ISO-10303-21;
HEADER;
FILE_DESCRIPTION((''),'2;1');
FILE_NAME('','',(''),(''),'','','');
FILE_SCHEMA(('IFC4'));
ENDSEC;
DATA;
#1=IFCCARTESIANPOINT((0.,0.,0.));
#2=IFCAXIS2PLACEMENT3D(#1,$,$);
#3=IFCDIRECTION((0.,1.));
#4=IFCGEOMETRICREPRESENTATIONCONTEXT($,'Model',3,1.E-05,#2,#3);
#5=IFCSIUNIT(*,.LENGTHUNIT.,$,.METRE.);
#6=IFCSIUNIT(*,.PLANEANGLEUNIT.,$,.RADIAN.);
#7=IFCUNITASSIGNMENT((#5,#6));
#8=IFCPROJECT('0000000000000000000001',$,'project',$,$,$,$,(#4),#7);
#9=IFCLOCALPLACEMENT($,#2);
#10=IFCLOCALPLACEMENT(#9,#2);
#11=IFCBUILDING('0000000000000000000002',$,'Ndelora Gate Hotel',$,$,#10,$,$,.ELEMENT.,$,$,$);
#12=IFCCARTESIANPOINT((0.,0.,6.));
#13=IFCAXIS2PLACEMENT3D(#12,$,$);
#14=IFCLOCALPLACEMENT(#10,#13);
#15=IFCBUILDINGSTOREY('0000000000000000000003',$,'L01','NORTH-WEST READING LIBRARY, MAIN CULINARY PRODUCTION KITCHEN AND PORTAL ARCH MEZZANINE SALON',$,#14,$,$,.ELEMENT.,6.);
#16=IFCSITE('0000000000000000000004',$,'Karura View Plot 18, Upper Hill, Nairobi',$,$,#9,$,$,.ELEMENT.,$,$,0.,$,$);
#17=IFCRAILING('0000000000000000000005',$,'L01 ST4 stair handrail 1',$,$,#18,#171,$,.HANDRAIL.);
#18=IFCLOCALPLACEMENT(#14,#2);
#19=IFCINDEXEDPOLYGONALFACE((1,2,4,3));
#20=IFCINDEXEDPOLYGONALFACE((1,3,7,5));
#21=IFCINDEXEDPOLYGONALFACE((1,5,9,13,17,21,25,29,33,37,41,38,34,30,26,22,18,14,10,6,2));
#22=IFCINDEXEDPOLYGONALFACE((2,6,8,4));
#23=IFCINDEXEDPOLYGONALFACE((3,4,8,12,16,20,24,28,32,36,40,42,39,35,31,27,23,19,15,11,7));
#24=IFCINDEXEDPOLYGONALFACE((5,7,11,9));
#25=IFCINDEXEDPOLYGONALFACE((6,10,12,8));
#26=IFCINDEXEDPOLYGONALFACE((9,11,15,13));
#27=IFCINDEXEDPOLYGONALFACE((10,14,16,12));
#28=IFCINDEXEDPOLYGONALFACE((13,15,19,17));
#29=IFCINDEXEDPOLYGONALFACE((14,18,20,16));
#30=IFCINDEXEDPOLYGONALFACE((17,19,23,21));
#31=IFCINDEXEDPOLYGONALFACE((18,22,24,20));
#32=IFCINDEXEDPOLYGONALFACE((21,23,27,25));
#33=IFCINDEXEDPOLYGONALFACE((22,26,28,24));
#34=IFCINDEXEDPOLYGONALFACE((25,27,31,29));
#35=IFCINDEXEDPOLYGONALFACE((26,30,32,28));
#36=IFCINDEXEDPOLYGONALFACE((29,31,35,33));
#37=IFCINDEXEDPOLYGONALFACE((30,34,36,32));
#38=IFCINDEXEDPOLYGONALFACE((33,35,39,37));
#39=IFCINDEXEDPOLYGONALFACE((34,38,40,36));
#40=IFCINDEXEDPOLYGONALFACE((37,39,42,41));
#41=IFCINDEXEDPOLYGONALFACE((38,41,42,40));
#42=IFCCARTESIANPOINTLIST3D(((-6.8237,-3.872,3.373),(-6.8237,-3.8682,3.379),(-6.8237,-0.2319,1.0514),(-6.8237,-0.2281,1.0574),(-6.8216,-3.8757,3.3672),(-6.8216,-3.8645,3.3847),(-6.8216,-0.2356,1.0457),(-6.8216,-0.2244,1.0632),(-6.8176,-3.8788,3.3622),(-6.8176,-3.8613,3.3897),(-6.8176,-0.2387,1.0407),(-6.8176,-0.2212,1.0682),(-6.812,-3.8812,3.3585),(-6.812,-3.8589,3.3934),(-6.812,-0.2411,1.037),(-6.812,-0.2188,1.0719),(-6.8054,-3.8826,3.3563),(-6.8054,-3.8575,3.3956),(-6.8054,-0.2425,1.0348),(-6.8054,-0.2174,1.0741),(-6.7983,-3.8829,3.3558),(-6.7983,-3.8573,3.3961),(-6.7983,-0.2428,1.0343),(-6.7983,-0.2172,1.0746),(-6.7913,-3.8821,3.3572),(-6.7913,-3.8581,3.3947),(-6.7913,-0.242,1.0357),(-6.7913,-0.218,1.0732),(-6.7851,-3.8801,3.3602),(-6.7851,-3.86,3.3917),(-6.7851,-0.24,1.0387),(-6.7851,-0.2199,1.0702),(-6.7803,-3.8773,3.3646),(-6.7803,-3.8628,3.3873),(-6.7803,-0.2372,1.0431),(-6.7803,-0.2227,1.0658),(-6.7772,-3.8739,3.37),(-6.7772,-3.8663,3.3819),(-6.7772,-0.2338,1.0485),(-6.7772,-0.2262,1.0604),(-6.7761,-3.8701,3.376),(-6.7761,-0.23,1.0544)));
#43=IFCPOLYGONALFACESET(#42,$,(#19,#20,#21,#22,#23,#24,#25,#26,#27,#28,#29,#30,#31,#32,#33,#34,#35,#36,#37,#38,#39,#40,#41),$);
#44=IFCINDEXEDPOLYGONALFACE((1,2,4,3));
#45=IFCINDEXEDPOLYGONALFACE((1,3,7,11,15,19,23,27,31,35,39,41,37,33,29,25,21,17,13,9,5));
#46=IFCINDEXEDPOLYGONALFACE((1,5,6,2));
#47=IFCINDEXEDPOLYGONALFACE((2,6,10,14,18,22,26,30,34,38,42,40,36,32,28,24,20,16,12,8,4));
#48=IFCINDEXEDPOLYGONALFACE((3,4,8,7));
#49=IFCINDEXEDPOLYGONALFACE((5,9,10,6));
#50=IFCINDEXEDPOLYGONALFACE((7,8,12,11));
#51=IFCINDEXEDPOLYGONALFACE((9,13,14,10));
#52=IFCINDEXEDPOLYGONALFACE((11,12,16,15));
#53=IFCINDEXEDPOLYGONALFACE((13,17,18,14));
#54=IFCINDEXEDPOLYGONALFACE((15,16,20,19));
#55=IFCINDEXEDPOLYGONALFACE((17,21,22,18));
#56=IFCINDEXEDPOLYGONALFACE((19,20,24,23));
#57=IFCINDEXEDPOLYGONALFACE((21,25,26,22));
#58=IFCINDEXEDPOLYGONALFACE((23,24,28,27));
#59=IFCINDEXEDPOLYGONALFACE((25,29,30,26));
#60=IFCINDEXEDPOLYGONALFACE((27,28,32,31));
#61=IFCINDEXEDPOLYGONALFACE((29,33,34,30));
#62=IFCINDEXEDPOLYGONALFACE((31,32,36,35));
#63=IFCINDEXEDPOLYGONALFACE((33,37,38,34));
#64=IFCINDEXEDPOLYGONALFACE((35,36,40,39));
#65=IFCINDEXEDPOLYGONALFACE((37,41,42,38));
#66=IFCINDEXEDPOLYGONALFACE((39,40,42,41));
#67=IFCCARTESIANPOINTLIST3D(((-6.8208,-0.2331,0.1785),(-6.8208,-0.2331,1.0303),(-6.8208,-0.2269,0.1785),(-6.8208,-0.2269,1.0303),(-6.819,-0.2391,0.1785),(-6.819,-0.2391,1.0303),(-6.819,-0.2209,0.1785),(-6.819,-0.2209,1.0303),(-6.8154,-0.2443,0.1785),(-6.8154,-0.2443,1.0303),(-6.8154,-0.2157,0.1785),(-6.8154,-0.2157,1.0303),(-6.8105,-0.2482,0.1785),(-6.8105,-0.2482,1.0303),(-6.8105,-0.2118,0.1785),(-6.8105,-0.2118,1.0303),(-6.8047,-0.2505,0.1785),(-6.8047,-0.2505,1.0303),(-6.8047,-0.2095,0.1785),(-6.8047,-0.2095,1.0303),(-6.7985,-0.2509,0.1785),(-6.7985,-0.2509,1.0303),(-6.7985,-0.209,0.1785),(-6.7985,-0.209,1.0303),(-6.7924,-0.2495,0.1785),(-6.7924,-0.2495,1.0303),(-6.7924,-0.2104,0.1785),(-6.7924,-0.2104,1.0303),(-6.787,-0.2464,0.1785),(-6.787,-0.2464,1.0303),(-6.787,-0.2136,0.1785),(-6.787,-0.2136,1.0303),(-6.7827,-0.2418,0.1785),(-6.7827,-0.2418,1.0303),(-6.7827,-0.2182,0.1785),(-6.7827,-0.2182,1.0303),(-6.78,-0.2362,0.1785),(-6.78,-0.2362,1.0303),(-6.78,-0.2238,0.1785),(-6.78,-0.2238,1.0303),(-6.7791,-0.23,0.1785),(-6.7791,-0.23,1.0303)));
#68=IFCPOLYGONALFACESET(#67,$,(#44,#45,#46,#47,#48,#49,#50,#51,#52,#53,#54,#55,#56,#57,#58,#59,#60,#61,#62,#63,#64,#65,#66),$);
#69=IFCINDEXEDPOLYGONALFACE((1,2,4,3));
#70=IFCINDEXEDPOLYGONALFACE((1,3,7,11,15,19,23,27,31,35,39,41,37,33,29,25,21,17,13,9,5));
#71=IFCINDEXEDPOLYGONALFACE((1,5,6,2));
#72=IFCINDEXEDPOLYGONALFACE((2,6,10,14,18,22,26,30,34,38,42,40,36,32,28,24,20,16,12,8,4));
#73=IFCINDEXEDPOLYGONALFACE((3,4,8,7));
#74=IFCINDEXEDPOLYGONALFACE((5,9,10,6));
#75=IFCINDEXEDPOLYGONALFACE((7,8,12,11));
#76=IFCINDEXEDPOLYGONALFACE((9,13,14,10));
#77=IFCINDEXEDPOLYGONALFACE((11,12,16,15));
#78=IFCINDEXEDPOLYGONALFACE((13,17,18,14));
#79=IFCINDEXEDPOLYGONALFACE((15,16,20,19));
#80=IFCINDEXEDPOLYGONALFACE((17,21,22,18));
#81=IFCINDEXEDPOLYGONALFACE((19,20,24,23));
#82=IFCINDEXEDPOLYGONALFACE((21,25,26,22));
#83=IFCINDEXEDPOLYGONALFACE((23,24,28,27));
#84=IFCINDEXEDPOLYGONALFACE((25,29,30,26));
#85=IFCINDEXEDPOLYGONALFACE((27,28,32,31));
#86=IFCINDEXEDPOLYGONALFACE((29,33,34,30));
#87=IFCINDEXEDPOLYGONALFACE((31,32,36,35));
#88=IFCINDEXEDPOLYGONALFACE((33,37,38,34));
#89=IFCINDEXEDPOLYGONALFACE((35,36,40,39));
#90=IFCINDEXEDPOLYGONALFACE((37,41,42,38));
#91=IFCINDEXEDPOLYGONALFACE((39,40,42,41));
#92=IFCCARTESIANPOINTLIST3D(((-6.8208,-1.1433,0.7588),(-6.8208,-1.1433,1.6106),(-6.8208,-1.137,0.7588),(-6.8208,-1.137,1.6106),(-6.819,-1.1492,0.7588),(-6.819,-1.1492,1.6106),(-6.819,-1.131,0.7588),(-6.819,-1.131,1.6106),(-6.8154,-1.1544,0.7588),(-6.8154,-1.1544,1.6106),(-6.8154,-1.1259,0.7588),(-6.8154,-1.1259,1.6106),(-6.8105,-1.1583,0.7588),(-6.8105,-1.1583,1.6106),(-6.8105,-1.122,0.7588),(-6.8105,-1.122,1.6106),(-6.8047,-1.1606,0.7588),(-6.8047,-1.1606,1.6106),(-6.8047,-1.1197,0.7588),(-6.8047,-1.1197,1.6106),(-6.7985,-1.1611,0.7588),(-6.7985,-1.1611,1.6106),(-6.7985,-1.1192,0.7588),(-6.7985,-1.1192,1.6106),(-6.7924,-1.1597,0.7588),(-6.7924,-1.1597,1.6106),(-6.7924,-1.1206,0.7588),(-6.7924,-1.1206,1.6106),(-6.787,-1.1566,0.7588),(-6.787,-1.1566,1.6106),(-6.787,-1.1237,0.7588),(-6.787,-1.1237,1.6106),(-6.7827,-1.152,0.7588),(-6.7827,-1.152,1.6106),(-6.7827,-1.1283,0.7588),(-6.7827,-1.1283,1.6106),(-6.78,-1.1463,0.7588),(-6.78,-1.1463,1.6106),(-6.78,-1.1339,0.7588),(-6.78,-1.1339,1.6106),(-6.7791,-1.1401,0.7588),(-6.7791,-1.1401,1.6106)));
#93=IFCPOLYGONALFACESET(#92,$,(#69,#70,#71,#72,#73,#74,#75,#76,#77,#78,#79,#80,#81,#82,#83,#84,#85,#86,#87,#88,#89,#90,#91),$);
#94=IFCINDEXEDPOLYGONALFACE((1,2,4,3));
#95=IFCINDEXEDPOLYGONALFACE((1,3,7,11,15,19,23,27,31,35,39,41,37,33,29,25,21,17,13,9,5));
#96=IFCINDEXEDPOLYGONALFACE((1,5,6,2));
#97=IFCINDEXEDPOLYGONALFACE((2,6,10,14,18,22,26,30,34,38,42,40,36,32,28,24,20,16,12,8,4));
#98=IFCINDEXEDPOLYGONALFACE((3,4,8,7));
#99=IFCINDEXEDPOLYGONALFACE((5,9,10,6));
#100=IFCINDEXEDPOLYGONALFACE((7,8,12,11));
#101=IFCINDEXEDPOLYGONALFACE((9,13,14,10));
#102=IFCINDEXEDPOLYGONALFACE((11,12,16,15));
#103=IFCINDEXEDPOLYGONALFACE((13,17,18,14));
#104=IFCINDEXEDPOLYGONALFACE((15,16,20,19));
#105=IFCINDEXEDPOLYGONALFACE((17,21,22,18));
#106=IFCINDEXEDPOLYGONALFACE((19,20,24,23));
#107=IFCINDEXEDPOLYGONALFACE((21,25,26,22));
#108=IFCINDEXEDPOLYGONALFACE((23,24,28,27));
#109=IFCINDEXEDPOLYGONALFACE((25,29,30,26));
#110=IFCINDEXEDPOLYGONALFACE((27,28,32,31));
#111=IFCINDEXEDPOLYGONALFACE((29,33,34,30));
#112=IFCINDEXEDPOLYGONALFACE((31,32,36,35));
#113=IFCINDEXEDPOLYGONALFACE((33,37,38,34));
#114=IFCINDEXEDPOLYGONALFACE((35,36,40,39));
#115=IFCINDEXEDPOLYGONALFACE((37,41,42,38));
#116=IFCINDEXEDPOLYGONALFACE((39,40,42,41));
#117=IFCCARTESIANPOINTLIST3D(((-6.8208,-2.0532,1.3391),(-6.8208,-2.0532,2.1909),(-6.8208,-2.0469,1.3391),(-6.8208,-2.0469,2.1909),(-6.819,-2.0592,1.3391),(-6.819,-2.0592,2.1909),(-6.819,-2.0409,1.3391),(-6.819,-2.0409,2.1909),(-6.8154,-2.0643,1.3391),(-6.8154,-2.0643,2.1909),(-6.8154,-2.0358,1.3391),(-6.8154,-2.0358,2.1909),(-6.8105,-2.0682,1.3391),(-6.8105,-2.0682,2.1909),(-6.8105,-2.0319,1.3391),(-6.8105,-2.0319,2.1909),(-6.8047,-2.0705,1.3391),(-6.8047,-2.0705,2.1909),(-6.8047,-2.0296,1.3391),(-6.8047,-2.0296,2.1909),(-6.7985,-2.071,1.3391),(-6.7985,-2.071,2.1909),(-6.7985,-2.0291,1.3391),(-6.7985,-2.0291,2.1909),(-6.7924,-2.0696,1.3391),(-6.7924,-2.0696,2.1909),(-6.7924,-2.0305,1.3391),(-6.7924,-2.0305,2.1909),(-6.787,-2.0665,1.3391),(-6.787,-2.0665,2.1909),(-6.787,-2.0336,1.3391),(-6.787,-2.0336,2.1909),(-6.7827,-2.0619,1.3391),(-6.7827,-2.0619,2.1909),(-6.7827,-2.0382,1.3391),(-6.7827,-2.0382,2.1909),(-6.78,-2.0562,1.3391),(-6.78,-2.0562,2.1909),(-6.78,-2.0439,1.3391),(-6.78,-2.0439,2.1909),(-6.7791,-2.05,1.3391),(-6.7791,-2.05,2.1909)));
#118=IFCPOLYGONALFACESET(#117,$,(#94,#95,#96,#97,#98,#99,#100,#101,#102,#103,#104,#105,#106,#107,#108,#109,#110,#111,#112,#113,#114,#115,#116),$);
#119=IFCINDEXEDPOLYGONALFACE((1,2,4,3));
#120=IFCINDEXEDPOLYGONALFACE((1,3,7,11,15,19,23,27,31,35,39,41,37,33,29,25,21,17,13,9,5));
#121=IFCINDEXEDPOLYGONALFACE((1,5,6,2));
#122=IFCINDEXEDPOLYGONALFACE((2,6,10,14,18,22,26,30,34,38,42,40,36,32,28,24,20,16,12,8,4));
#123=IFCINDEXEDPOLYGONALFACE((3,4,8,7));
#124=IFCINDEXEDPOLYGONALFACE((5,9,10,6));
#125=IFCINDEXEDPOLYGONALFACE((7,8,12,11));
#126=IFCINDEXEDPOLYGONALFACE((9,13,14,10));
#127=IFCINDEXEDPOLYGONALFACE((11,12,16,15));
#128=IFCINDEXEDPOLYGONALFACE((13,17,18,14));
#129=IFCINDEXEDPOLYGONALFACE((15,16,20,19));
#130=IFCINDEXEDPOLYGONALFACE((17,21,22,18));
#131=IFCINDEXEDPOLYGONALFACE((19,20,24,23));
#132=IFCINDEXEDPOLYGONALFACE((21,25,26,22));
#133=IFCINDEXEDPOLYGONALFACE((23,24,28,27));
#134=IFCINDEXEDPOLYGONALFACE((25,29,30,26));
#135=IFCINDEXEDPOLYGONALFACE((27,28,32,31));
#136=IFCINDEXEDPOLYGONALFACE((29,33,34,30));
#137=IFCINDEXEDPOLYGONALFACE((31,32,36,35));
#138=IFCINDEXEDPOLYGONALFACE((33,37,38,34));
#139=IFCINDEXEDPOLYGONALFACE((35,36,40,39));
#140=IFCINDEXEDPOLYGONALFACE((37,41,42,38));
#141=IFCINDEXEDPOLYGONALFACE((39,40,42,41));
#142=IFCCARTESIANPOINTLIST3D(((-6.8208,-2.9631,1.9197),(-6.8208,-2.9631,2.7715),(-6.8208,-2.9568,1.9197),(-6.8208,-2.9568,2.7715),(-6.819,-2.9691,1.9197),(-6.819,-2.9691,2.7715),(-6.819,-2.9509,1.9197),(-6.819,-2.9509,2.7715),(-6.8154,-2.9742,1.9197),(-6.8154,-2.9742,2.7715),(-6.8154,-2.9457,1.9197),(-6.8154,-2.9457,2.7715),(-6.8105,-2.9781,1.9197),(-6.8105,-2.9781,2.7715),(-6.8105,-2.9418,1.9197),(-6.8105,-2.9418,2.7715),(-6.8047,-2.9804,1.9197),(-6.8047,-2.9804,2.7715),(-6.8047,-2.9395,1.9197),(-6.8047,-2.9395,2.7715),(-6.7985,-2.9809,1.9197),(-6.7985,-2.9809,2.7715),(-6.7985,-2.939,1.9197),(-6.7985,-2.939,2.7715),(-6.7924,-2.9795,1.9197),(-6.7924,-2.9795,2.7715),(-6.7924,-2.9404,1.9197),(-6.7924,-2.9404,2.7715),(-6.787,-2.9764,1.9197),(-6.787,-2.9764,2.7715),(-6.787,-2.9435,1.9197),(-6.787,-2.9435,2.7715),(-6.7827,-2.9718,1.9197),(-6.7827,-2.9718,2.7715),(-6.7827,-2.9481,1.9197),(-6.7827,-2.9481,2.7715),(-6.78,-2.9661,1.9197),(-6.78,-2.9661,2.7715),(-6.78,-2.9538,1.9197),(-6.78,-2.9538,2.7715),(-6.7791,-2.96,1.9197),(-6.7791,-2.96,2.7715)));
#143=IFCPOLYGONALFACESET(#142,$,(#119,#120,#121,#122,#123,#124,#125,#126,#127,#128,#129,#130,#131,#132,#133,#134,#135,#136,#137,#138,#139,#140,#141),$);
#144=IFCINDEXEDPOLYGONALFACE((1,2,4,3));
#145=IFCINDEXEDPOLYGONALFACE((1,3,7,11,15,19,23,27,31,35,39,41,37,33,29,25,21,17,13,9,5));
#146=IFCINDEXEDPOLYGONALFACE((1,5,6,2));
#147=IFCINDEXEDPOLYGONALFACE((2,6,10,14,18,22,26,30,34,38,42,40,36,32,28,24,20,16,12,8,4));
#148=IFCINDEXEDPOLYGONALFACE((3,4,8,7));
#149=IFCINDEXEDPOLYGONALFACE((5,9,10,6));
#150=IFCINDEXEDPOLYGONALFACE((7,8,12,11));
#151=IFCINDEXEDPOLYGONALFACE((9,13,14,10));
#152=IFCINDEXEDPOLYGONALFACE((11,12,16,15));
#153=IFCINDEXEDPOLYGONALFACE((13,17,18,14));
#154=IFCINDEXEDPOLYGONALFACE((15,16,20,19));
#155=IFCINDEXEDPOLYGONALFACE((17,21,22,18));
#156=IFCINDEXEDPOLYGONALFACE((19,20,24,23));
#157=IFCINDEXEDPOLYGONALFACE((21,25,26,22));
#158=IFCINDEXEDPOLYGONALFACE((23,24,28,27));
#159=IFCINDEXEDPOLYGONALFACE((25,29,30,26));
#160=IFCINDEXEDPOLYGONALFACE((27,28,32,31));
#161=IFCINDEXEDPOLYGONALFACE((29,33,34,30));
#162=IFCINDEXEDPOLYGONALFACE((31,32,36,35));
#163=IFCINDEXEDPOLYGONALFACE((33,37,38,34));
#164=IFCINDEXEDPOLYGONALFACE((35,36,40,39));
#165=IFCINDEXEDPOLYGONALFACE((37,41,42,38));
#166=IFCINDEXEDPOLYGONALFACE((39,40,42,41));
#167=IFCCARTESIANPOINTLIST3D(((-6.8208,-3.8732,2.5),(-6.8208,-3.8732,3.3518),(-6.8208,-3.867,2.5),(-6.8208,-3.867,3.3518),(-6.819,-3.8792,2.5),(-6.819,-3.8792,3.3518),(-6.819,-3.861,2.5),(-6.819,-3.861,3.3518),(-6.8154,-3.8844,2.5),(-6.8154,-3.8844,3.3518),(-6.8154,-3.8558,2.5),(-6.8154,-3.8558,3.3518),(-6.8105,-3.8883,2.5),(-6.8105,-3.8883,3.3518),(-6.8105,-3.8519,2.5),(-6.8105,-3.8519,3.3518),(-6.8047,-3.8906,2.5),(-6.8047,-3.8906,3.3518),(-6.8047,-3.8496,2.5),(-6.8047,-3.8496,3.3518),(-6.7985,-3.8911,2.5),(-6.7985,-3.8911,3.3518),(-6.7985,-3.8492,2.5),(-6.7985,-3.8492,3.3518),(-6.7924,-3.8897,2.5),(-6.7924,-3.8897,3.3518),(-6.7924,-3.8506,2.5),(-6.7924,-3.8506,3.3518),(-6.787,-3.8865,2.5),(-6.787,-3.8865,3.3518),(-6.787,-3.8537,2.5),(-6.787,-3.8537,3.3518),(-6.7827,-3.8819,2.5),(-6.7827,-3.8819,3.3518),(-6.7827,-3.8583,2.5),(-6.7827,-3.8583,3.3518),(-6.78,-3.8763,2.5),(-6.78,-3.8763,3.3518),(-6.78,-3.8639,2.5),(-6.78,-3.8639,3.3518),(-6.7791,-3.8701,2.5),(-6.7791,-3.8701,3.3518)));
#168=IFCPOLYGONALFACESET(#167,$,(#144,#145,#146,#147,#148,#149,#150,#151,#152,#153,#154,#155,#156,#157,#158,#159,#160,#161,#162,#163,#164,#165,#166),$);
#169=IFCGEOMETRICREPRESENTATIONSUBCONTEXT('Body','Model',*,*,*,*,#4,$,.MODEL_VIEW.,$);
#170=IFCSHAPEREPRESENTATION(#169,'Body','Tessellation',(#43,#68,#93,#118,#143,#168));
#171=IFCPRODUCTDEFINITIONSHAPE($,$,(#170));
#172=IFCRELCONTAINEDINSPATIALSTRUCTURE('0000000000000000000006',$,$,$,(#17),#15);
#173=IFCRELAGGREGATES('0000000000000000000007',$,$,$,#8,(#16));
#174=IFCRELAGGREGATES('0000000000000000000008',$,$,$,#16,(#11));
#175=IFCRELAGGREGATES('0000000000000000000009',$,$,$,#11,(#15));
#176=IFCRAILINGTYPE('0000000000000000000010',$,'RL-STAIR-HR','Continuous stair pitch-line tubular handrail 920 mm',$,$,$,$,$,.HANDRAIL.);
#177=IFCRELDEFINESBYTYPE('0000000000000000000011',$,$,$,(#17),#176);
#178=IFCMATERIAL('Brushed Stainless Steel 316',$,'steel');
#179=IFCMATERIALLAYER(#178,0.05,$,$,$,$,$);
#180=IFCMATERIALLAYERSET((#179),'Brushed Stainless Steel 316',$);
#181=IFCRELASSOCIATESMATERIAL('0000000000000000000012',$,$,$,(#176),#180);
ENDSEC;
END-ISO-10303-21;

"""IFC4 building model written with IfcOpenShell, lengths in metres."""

from ifc_helpers import new_model, si_unit, direction, frame, origin, origin_2d, place, context, subcontext, project, spatial, circle, extrude, material, layer, layer_set, type_object, element, save


model = new_model("IFC4")

# Units and contexts
model_context = context("Model", 3, precision=1e-05, world=origin(), true_north=direction((0.0, 1.0)))
body_context = subcontext(model_context, "Body", "Model", "MODEL_VIEW")
ifc_project = project(units=[si_unit("LENGTHUNIT", "METRE"), si_unit("PLANEANGLEUNIT", "RADIAN")], contexts=[model_context])

# Site, building, storey
site_placement = place(None, origin())
site = spatial("IfcSite", under=ifc_project, at=site_placement, Name="Karura View Plot 18, Upper Hill, Nairobi", CompositionType="ELEMENT", RefElevation=0.0)
building_placement = place(site_placement, origin())
building = spatial("IfcBuilding", under=site, at=building_placement, Name="Ndelora Gate Hotel", CompositionType="ELEMENT")
storey_placement = place(building_placement, frame((0.0, 0.0, 6.0)))
storey = spatial("IfcBuildingStorey", under=building, at=storey_placement, Name="L01", Description="NORTH-WEST READING LIBRARY, MAIN CULINARY PRODUCTION KITCHEN AND PORTAL ARCH MEZZANINE SALON", CompositionType="ELEMENT", Elevation=6.0)

# Railing
ifc_material_1 = material(Name="Brushed Stainless Steel 316", Category="steel")
ifc_layer_1 = layer(ifc_material_1, 0.05)
ifc_layer_set_1 = layer_set([ifc_layer_1], Name="Brushed Stainless Steel 316")
railing_type_1 = type_object("IfcRailingType", Name="RL-STAIR-HR", Description="Continuous stair pitch-line tubular handrail 920 mm", PredefinedType="HANDRAIL", material=ifc_layer_set_1)
railing_1_placement = place(storey_placement, frame((-6.8, -0.23, 0.1785)))
element("IfcRailing", 1, at=railing_1_placement, inside=storey, type_object=railing_type_1, Name="L01 ST4 stair handrail 1", PredefinedType="HANDRAIL", context=body_context, shape_type="SweptSolid", body=[
    extrude(circle(Radius=0.0239, at=origin_2d()), frame((0.0, 0.0, 0.876), z_axis=(0.0, -0.843128, 0.537713), x_axis=(1.0, 0.0, 0.0)), (0.0, 0.0, 1.0), 4.3174),
    extrude(circle(Radius=0.021, at=origin_2d()), origin(), (0.0, 0.0, 1.0), 0.8518),
    extrude(circle(Radius=0.021, at=origin_2d()), frame((0.0, -0.9102, 0.5803)), (0.0, 0.0, 1.0), 0.8518),
    extrude(circle(Radius=0.021, at=origin_2d()), frame((0.0, -1.8201, 1.1606)), (0.0, 0.0, 1.0), 0.8518),
    extrude(circle(Radius=0.021, at=origin_2d()), frame((0.0, -2.73, 1.7412)), (0.0, 0.0, 1.0), 0.8518),
    extrude(circle(Radius=0.021, at=origin_2d()), frame((0.0, -3.6401, 2.3215)), (0.0, 0.0, 1.0), 0.8518),
])

save(model, "model.ifc")
